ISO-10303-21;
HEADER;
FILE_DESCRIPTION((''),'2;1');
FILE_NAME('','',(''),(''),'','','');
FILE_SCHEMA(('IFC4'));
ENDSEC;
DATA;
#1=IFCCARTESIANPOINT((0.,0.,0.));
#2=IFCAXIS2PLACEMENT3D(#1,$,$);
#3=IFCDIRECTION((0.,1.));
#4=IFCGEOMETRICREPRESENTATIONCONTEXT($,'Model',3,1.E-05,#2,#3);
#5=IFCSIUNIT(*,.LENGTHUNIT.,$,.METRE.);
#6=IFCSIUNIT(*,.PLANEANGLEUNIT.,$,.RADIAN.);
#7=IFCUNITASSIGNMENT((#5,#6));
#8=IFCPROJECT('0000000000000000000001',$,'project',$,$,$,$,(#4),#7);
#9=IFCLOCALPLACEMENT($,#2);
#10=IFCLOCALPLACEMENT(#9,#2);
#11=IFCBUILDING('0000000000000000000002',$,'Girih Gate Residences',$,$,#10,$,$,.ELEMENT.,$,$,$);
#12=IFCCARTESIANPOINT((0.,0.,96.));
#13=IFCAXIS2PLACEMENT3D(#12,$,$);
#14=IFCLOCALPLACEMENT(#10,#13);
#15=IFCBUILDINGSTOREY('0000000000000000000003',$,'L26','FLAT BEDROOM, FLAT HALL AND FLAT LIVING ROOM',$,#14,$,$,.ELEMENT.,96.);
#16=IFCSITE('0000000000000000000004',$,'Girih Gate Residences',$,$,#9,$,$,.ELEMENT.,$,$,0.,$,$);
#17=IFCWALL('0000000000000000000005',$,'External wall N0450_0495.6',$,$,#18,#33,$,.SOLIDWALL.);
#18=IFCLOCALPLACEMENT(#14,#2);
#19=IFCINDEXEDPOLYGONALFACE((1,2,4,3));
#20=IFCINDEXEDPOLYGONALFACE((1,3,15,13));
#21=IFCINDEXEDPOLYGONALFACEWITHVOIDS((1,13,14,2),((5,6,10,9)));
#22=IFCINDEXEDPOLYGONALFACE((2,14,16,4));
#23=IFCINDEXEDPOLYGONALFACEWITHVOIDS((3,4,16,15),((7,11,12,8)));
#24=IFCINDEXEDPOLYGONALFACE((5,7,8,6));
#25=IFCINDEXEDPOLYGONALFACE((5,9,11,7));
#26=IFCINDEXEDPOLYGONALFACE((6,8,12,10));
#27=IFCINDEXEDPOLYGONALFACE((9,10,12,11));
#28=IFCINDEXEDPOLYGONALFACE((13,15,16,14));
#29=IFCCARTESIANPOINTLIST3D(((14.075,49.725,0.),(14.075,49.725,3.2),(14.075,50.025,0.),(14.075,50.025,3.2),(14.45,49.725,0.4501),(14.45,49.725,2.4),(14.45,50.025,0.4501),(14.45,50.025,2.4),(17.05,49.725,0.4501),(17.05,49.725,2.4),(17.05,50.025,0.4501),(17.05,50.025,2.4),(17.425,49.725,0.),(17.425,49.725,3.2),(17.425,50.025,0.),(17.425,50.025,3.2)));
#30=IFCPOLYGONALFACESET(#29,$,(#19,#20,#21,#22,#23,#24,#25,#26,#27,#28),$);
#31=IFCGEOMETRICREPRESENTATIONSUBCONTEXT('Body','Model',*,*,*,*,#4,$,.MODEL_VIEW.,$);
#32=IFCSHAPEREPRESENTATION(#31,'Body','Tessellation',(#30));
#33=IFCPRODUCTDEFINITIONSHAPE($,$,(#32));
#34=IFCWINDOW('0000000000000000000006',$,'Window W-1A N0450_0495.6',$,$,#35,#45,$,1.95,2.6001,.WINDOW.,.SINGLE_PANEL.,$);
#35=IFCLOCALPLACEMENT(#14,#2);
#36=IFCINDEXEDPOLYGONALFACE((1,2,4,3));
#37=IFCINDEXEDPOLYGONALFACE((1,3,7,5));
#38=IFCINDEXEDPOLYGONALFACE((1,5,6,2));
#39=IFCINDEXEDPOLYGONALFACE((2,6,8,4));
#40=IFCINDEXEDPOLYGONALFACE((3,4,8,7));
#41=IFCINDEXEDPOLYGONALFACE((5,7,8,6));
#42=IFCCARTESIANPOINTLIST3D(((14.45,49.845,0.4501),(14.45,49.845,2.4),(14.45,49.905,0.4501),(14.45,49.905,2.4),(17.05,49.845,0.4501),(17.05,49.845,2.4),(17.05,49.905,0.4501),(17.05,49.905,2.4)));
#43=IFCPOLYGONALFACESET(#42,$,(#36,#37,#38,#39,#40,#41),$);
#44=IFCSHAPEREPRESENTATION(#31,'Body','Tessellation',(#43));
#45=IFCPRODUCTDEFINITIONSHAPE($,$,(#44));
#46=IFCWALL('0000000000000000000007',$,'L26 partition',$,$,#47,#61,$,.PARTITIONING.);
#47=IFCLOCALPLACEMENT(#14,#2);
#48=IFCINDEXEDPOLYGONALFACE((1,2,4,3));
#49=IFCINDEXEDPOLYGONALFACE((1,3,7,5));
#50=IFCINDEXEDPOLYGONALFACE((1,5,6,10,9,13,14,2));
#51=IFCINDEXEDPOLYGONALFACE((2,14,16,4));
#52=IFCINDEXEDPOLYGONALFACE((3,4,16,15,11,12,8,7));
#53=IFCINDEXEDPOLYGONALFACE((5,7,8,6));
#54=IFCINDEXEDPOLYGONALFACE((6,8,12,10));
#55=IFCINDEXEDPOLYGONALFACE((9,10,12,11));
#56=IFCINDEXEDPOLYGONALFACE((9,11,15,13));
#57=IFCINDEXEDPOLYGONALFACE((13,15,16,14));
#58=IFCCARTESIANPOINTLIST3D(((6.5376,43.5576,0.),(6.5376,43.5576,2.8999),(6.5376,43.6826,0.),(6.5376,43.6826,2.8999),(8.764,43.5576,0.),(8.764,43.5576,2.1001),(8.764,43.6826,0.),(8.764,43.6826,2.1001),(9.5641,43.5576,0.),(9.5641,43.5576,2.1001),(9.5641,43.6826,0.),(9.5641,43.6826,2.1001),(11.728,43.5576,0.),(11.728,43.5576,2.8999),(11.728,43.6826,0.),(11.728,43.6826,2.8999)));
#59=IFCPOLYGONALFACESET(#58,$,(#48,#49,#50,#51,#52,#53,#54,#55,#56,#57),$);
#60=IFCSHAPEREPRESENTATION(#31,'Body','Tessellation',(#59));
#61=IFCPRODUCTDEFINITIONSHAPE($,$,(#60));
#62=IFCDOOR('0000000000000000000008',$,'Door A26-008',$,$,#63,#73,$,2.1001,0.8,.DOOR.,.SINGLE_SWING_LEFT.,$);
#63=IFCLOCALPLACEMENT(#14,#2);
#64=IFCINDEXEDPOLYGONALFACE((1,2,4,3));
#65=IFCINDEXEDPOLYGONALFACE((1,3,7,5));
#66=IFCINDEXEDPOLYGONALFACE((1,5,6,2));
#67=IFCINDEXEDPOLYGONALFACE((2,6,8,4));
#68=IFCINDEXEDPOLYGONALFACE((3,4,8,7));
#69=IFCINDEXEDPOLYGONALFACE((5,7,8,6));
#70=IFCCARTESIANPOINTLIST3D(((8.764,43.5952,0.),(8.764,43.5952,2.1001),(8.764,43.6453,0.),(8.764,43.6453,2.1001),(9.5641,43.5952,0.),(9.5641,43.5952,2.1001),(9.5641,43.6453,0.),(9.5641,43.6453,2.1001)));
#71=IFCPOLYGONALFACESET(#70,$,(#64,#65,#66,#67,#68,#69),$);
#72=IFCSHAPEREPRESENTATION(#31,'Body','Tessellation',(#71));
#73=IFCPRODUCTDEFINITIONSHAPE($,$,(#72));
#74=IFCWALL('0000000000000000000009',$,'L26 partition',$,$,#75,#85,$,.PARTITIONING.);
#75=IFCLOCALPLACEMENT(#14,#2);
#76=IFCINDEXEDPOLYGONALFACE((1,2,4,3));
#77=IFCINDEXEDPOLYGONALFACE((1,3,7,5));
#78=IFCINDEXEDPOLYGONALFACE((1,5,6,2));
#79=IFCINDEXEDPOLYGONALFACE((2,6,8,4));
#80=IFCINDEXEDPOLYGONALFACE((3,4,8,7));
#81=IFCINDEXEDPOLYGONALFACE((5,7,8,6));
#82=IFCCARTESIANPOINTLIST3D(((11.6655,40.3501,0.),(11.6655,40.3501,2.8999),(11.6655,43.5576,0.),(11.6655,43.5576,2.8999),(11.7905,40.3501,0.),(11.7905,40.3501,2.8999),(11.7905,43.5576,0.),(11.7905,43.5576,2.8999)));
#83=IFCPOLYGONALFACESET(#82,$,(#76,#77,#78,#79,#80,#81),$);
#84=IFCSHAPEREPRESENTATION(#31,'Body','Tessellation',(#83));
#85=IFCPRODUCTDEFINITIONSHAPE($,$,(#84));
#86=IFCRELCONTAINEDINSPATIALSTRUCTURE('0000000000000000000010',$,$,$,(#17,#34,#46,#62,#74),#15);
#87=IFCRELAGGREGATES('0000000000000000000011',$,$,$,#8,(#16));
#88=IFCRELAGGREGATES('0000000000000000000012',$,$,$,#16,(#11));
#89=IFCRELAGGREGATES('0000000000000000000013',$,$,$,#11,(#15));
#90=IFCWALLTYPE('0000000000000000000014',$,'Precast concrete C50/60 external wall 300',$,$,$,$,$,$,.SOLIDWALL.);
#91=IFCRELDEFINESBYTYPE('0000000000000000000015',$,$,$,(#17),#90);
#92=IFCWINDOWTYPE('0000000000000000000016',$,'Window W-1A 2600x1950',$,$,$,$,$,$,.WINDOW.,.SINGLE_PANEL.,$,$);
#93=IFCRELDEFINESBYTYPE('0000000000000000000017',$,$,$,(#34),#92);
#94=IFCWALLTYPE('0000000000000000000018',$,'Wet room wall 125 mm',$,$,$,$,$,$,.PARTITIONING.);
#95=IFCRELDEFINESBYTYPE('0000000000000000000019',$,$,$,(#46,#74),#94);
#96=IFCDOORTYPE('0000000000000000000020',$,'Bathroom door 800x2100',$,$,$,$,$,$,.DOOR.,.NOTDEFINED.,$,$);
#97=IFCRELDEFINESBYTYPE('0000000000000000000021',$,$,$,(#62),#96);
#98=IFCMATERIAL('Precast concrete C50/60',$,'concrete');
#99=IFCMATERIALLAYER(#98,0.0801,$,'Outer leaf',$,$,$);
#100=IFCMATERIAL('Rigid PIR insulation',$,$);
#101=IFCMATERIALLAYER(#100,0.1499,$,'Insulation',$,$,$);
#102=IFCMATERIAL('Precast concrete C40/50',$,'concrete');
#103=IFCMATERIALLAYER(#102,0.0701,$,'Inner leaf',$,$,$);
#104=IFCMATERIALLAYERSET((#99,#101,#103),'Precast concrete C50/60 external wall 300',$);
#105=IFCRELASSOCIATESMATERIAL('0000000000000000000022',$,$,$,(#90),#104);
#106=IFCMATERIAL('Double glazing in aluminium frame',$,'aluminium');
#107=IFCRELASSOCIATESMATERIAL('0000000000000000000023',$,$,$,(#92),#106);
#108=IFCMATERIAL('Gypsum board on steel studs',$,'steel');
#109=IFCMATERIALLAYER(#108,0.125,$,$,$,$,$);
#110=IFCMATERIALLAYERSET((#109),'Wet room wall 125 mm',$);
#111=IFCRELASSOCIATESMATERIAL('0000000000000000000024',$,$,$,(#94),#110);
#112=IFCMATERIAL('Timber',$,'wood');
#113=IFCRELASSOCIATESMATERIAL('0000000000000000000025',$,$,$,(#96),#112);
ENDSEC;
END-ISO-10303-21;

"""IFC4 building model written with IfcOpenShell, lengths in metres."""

from ifc_helpers import new_model, si_unit, direction, frame, frame_2d, origin, place, context, subcontext, project, spatial, rectangle, extrude, material, layer, layer_set, type_object, element, fill, save


model = new_model("IFC4")

# Units and contexts
model_context = context("Model", 3, precision=1e-05, world=origin(), true_north=direction((0.0, 1.0)))
body_context = subcontext(model_context, "Body", "Model", "MODEL_VIEW")
ifc_project = project(units=[si_unit("LENGTHUNIT", "METRE"), si_unit("PLANEANGLEUNIT", "RADIAN")], contexts=[model_context])

# Site, building, storey
site_placement = place(None, origin())
site = spatial("IfcSite", under=ifc_project, at=site_placement, Name="Girih Gate Residences", CompositionType="ELEMENT", RefElevation=0.0)
building_placement = place(site_placement, origin())
building = spatial("IfcBuilding", under=site, at=building_placement, Name="Girih Gate Residences", CompositionType="ELEMENT")
storey_placement = place(building_placement, frame((0.0, 0.0, 96.0)))
storey = spatial("IfcBuildingStorey", under=building, at=storey_placement, Name="L26", Description="FLAT BEDROOM, FLAT HALL AND FLAT LIVING ROOM", CompositionType="ELEMENT", Elevation=96.0)

# Shared definitions
ifc_material_1 = material(Name="Gypsum board on steel studs", Category="steel")

# Shared definitions
ifc_material_2 = material(Name="Timber", Category="wood")

# Wall, opening, window
ifc_material_3 = material(Name="Precast concrete C50/60", Category="concrete")
ifc_layer_1 = layer(ifc_material_3, 0.0801, Name="Outer leaf")
ifc_material_4 = material(Name="Rigid PIR insulation")
ifc_layer_2 = layer(ifc_material_4, 0.1499, Name="Insulation")
ifc_material_5 = material(Name="Precast concrete C40/50", Category="concrete")
ifc_layer_3 = layer(ifc_material_5, 0.0701, Name="Inner leaf")
ifc_layer_set_1 = layer_set([ifc_layer_1, ifc_layer_2, ifc_layer_3], Name="Precast concrete C50/60 external wall 300")
wall_type_1 = type_object("IfcWallType", Name="Precast concrete C50/60 external wall 300", PredefinedType="SOLIDWALL", material=ifc_layer_set_1)
wall_1_placement = place(storey_placement, frame((14.075, 49.875, 0.0), z_axis=(0.0, 0.0, 1.0), x_axis=(1.0, 0.0, 0.0)))
wall_1 = element("IfcWall", 1, at=wall_1_placement, inside=storey, type_object=wall_type_1, Name="External wall N0450_0495.6", PredefinedType="SOLIDWALL", context=body_context, shape_type="SweptSolid", body=[
    extrude(rectangle(XDim=3.3501, YDim=0.3, at=frame_2d((1.675, 0.0))), origin(), (0.0, 0.0, 1.0), 3.2),
])
opening_1_placement = place(wall_1_placement, frame((0.375, 0.0, 0.45)))
opening_1 = element("IfcOpeningElement", 2, at=opening_1_placement, cuts=wall_1, PredefinedType="OPENING", context=body_context, shape_type="SweptSolid", body=[
    extrude(rectangle(XDim=2.6001, YDim=1.95, at=frame_2d((1.3, 0.9751))), frame((0.0, 0.1599, 0.0), z_axis=(0.0, -1.0, 0.0), x_axis=(1.0, 0.0, 0.0)), (0.0, 0.0, 1.0), 0.3201),
])
ifc_material_6 = material(Name="Double glazing in aluminium frame", Category="aluminium")
window_type = type_object("IfcWindowType", Name="Window W-1A 2600x1950", PartitioningType="SINGLE_PANEL", PredefinedType="WINDOW", material=ifc_material_6)
window_placement = place(opening_1_placement, origin())
window = element("IfcWindow", 3, at=window_placement, inside=storey, type_object=window_type, Name="Window W-1A N0450_0495.6", OverallHeight=1.95, OverallWidth=2.6001, PartitioningType="SINGLE_PANEL", PredefinedType="WINDOW", context=body_context, shape_type="SweptSolid", body=[
    extrude(rectangle(XDim=2.6001, YDim=1.95, at=frame_2d((1.3, 0.9751))), frame((0.0, 0.03, 0.0), z_axis=(0.0, -1.0, 0.0), x_axis=(1.0, 0.0, 0.0)), (0.0, 0.0, 1.0), 0.0601),
])
fill(opening_1, window)

# Wall, opening, door
ifc_layer_4 = layer(ifc_material_1, 0.125)
ifc_layer_set_2 = layer_set([ifc_layer_4], Name="Wet room wall 125 mm")
wall_type_2 = type_object("IfcWallType", Name="Wet room wall 125 mm", PredefinedType="PARTITIONING", material=ifc_layer_set_2)
wall_2_placement = place(storey_placement, frame((11.728, 43.6201, 0.0), z_axis=(0.0, 0.0, 1.0), x_axis=(-1.0, 0.0, 0.0)))
wall_2 = element("IfcWall", 4, at=wall_2_placement, inside=storey, type_object=wall_type_2, Name="L26 partition", PredefinedType="PARTITIONING", context=body_context, shape_type="SweptSolid", body=[
    extrude(rectangle(XDim=5.1904, YDim=0.125, at=frame_2d((2.5952, 0.0))), origin(), (0.0, 0.0, 1.0), 2.8999),
])
opening_2_placement = place(wall_2_placement, frame((2.1641, 0.0, 0.0)))
opening_2 = element("IfcOpeningElement", 5, at=opening_2_placement, cuts=wall_2, PredefinedType="OPENING", context=body_context, shape_type="SweptSolid", body=[
    extrude(rectangle(XDim=0.8, YDim=2.1001, at=frame_2d((0.3999, 1.05))), frame((0.0, 0.0725, 0.0), z_axis=(0.0, -1.0, 0.0), x_axis=(1.0, 0.0, 0.0)), (0.0, 0.0, 1.0), 0.145),
])
door_type_1 = type_object("IfcDoorType", Name="Bathroom door 800x2100", OperationType="NOTDEFINED", PredefinedType="DOOR", material=ifc_material_2)
door_1_placement = place(opening_2_placement, origin())
door_1 = element("IfcDoor", 6, at=door_1_placement, inside=storey, type_object=door_type_1, Name="Door A26-008", OperationType="SINGLE_SWING_LEFT", OverallHeight=2.1001, OverallWidth=0.8, PredefinedType="DOOR", context=body_context, shape_type="SweptSolid", body=[
    extrude(rectangle(XDim=0.8, YDim=2.1001, at=frame_2d((0.3999, 1.05))), frame((0.0, 0.0249, 0.0), z_axis=(0.0, -1.0, 0.0), x_axis=(1.0, 0.0, 0.0)), (0.0, 0.0, 1.0), 0.05),
])
fill(opening_2, door_1)

# Wall
wall_3_placement = place(storey_placement, frame((11.728, 40.3501, 0.0), z_axis=(0.0, 0.0, 1.0), x_axis=(0.0, 1.0, 0.0)))
element("IfcWall", 7, at=wall_3_placement, inside=storey, type_object=wall_type_2, Name="L26 partition", PredefinedType="PARTITIONING", context=body_context, shape_type="SweptSolid", body=[
    extrude(rectangle(XDim=3.2075, YDim=0.125, at=frame_2d((1.6038, 0.0))), origin(), (0.0, 0.0, 1.0), 2.8999),
])

save(model, "model.ifc")
